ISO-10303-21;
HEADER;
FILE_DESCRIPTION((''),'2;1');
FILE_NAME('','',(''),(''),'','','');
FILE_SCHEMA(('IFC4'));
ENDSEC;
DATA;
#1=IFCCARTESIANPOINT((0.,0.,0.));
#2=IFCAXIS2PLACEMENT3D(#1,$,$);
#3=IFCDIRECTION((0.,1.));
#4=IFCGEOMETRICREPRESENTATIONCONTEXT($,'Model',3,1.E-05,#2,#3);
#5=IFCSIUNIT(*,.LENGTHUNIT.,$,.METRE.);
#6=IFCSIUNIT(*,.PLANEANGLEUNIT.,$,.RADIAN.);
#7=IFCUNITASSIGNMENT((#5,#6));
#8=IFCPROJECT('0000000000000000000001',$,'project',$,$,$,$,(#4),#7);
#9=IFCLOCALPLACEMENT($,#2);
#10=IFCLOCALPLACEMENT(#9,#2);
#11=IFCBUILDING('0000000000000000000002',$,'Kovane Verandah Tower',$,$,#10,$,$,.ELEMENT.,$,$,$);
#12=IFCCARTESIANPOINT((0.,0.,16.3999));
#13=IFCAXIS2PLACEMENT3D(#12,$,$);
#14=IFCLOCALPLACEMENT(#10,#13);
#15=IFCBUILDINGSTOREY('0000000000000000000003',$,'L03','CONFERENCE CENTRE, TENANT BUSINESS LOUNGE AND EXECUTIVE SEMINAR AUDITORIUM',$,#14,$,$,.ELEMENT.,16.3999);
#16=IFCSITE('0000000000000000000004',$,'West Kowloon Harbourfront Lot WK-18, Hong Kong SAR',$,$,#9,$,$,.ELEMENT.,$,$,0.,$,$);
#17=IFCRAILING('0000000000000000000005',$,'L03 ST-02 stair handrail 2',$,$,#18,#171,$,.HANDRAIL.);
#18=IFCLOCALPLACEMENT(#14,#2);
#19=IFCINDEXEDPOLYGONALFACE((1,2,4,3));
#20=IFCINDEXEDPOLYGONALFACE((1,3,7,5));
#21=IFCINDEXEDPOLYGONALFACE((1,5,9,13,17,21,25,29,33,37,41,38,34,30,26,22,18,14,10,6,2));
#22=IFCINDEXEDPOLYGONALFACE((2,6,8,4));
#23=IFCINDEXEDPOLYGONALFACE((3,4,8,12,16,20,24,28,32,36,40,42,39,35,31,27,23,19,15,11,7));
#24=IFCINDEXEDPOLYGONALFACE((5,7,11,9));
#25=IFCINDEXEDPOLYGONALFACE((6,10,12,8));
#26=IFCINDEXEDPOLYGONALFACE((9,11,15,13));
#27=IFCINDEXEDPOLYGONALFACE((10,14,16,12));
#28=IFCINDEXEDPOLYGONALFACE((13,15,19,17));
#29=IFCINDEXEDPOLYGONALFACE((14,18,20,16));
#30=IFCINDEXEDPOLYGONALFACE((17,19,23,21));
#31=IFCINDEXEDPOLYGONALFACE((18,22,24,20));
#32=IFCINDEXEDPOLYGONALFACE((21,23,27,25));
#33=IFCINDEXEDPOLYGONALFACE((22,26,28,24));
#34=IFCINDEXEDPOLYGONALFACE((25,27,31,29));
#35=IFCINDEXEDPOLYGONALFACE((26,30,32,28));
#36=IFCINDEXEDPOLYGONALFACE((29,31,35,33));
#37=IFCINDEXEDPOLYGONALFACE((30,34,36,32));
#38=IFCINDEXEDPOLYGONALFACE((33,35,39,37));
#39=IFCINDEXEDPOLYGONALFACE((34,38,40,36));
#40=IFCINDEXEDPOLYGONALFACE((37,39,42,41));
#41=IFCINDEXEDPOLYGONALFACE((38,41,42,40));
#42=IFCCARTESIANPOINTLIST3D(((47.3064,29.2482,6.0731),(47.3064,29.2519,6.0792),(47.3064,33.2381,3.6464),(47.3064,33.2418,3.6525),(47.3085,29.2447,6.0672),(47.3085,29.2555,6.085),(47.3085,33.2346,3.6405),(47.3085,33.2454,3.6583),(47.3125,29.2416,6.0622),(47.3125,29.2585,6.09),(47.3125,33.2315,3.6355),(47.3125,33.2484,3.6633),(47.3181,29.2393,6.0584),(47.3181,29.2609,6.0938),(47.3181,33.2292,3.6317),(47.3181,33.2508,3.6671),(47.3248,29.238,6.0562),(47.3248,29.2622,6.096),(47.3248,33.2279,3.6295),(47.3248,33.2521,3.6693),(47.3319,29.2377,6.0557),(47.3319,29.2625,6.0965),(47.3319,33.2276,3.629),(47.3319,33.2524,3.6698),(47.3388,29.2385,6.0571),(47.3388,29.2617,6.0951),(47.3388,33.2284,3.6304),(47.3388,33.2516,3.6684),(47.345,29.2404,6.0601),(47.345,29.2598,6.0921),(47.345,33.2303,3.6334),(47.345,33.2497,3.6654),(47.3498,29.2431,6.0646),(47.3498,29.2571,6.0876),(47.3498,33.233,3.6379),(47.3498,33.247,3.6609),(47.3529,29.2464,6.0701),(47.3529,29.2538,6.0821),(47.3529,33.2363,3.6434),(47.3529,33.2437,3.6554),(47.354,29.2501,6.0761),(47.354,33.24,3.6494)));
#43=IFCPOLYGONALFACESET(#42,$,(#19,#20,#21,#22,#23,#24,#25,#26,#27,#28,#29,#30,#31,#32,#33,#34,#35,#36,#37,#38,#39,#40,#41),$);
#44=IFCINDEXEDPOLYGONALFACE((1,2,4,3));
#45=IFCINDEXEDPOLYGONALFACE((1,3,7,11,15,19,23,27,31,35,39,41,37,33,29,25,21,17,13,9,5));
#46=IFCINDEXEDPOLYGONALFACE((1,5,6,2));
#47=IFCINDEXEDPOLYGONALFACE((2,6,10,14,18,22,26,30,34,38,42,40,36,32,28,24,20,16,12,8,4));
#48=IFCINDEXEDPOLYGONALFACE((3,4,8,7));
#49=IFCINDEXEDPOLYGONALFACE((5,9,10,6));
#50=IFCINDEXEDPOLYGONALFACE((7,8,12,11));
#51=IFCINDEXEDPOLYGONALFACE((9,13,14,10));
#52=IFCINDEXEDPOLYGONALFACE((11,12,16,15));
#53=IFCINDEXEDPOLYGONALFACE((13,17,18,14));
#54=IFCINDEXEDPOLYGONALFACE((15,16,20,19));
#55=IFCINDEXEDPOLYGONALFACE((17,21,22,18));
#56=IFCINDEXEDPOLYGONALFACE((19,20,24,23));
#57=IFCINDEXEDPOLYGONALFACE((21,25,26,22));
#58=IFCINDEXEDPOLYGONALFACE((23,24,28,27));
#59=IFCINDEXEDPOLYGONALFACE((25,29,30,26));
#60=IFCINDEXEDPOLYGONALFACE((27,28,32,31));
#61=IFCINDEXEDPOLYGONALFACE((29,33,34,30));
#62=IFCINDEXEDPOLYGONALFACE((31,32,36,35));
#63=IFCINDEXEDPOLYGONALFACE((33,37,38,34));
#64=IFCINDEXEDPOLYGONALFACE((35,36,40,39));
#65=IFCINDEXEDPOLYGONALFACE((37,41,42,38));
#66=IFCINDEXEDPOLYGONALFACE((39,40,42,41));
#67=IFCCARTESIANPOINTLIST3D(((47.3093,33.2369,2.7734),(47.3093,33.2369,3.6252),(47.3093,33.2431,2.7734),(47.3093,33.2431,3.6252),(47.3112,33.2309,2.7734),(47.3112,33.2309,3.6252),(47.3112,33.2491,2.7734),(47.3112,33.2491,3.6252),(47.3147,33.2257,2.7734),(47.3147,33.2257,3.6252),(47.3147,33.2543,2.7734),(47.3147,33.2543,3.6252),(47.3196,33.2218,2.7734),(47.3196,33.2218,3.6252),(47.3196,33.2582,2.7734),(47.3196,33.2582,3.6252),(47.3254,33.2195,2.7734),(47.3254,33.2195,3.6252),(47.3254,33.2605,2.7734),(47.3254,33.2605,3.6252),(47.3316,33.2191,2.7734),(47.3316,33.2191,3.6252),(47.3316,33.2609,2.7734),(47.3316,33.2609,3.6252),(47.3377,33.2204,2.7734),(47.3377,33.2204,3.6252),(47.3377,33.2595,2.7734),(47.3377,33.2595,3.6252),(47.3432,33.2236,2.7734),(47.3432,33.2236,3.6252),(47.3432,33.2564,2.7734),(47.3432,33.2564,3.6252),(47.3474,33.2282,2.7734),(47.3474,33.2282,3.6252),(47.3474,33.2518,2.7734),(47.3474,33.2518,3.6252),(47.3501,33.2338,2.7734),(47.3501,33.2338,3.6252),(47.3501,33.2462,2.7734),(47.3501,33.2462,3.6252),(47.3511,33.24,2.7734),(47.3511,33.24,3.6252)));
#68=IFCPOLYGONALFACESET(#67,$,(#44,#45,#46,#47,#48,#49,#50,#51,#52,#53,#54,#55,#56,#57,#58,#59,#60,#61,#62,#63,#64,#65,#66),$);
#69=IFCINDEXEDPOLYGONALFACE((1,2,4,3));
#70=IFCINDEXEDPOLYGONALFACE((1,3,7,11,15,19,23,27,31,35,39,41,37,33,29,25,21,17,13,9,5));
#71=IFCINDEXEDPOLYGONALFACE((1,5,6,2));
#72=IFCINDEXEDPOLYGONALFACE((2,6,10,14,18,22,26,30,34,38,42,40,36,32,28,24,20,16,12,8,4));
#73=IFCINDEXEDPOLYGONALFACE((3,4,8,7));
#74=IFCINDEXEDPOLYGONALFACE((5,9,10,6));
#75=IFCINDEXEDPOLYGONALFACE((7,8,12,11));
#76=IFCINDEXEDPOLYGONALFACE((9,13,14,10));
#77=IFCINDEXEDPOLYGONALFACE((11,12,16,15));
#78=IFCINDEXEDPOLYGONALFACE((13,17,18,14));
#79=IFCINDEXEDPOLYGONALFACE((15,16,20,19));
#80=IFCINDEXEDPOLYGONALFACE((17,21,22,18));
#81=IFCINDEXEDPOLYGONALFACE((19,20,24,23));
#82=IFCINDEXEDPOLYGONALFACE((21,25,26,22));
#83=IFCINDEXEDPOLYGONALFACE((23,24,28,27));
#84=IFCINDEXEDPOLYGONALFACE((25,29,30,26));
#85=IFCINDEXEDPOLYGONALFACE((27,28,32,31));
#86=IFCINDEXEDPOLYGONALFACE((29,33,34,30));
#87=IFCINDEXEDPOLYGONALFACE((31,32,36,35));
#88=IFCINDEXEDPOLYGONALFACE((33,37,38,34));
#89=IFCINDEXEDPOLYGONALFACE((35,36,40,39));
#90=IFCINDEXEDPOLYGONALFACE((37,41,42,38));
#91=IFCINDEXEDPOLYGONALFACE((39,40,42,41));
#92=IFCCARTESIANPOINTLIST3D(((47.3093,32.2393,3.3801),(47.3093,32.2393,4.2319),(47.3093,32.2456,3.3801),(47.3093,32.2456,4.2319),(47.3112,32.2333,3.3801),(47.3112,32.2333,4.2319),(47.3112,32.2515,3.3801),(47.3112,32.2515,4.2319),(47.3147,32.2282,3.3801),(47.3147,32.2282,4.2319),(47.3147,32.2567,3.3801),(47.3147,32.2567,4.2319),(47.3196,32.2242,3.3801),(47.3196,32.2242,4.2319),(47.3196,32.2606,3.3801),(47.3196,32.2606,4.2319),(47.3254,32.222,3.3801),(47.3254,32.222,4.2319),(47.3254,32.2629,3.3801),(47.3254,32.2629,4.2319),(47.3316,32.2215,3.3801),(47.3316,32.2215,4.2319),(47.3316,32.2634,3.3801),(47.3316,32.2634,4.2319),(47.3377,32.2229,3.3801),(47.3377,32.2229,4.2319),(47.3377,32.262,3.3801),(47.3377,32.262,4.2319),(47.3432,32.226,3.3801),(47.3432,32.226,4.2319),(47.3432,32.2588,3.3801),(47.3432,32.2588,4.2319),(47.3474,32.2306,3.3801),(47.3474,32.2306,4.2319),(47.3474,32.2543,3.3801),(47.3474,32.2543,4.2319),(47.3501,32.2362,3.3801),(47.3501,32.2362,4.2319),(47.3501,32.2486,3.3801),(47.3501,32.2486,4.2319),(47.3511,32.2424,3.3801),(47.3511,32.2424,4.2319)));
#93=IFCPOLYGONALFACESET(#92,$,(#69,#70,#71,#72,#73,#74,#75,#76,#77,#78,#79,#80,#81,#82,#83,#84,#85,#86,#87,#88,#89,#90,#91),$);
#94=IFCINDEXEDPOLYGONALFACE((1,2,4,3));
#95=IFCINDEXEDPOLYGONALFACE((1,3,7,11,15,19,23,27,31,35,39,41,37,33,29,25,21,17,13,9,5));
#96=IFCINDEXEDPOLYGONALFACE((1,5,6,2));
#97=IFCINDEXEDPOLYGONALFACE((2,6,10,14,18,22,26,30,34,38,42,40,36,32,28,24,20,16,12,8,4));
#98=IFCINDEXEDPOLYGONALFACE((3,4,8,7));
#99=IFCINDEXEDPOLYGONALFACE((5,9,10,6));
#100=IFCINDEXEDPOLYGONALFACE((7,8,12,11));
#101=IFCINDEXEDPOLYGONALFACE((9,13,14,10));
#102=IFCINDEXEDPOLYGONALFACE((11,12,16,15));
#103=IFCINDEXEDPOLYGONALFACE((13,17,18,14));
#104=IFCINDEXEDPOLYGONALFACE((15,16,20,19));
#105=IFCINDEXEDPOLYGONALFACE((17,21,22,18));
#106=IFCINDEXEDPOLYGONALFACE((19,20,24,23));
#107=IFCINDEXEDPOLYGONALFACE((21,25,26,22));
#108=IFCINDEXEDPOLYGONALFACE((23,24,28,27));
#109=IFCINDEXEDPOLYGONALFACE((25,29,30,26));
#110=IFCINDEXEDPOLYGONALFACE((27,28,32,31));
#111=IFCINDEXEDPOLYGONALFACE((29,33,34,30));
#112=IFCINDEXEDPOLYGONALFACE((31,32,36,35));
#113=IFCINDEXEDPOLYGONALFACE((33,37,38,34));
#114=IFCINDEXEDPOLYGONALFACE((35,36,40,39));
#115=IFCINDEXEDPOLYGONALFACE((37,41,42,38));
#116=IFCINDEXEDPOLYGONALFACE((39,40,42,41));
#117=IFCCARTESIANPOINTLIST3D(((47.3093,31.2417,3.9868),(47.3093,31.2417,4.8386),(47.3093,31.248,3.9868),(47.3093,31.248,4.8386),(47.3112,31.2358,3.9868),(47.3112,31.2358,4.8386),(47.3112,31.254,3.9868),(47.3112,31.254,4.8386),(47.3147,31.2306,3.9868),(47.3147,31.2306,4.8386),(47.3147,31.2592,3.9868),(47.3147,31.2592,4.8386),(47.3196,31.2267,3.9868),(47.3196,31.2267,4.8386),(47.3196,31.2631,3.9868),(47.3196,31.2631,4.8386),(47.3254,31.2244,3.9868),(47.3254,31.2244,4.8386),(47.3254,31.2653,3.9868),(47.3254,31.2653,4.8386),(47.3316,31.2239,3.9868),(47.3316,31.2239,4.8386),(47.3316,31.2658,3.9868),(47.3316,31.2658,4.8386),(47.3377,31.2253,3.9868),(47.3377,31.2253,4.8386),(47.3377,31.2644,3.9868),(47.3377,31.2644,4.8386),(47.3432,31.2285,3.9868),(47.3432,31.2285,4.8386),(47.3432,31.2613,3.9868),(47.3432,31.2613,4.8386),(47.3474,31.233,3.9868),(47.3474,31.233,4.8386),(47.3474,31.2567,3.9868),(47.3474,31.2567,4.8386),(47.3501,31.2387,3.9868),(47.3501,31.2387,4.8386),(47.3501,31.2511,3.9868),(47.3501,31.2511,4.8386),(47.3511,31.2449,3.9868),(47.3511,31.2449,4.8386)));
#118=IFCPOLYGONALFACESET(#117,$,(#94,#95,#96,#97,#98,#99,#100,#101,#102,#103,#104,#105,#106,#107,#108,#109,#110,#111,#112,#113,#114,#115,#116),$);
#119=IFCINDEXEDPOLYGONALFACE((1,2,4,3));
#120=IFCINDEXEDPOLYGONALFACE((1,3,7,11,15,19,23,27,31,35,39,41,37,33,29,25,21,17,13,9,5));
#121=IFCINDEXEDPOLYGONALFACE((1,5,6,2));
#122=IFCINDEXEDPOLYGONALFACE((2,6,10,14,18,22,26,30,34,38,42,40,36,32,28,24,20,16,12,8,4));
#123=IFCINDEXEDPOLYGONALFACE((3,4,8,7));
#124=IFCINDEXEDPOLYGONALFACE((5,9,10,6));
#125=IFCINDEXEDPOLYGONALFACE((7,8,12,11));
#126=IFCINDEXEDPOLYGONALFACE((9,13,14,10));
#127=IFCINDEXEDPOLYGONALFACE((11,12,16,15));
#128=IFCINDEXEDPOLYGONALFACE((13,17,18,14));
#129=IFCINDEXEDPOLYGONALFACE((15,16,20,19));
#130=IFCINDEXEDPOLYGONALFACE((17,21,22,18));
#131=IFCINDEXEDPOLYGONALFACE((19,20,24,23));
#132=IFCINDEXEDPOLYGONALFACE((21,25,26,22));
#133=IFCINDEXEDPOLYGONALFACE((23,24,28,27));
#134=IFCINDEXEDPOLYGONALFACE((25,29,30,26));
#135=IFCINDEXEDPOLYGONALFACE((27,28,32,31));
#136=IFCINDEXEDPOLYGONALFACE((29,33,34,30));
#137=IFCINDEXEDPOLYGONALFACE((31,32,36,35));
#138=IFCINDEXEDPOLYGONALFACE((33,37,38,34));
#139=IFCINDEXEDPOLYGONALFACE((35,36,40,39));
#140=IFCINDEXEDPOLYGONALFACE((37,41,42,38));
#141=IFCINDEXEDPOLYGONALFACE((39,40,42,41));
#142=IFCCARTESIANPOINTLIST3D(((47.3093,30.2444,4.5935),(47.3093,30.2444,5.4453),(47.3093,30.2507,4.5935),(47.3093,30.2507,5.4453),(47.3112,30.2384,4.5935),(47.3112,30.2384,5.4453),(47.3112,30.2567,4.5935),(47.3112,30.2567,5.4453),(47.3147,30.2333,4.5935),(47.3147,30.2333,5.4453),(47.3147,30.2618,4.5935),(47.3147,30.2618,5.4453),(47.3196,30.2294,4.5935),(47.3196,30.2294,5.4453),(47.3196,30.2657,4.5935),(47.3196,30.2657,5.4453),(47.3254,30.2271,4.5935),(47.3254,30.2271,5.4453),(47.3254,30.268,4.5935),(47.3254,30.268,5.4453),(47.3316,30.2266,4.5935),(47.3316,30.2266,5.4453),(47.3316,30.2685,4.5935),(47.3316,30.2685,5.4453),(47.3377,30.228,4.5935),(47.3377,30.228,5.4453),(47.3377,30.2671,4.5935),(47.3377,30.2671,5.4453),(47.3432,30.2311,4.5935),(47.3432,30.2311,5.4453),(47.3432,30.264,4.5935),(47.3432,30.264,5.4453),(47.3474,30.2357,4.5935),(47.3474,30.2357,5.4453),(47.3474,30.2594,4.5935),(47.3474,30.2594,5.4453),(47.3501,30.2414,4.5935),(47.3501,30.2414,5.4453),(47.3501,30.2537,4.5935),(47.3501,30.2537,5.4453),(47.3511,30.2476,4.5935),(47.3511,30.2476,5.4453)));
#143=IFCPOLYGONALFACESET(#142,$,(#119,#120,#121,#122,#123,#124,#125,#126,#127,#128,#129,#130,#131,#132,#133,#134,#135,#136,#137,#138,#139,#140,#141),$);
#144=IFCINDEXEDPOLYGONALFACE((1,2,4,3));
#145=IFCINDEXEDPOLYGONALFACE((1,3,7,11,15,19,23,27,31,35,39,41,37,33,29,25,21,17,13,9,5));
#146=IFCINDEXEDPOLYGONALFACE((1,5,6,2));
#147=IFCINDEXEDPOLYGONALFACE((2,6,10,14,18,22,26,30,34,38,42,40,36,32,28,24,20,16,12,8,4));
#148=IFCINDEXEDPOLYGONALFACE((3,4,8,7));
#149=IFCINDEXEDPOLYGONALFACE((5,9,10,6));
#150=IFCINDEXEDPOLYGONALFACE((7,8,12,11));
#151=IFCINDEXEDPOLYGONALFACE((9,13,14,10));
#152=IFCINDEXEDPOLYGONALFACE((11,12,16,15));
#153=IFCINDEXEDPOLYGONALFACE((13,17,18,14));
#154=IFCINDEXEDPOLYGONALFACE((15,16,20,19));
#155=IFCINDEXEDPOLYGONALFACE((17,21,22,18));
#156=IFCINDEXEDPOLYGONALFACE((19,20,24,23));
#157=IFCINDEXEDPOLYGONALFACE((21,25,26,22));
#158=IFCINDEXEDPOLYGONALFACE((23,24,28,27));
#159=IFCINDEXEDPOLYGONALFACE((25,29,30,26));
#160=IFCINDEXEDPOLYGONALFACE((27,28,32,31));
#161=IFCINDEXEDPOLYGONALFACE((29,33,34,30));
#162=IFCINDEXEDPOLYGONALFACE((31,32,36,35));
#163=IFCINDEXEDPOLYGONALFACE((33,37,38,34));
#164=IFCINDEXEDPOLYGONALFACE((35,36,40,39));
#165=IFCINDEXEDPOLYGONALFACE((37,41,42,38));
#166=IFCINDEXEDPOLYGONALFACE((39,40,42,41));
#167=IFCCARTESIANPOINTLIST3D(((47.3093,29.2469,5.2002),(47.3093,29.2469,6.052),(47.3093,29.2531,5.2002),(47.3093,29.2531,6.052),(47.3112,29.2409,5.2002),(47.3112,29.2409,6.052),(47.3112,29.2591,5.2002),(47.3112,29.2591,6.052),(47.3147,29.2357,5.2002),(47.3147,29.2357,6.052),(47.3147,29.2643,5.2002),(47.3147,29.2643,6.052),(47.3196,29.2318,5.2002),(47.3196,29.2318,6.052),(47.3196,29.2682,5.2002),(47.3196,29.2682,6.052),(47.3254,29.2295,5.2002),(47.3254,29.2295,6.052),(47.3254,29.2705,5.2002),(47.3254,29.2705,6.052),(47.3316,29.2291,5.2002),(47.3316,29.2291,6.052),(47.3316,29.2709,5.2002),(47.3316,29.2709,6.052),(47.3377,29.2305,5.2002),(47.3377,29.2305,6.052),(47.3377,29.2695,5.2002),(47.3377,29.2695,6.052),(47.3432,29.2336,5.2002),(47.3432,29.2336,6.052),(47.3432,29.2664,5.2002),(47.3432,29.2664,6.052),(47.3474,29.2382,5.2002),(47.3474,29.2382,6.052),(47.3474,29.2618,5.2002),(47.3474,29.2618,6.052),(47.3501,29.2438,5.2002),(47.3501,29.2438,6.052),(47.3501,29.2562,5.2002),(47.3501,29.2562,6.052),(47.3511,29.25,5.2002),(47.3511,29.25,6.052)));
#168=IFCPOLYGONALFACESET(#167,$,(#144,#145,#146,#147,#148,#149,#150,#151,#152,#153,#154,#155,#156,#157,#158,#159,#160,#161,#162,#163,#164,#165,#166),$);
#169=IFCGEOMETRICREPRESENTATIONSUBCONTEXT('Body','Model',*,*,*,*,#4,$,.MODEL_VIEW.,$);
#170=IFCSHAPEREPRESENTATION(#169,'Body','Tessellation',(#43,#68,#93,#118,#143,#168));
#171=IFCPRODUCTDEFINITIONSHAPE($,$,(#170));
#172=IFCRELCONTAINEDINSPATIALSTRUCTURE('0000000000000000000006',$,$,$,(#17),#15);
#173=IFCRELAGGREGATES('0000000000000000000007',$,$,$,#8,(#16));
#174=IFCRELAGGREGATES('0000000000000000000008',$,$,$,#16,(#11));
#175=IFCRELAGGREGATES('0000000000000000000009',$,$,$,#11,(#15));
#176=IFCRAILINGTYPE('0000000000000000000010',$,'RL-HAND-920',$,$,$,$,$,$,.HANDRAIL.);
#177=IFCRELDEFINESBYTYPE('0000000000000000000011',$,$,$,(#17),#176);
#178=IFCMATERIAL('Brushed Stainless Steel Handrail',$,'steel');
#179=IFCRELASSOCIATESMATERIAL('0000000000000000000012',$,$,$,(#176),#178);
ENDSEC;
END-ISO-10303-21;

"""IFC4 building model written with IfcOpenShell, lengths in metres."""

from ifc_helpers import new_model, si_unit, direction, frame, origin, origin_2d, place, context, subcontext, project, spatial, circle, extrude, material, type_object, element, save


model = new_model("IFC4")

# Units and contexts
model_context = context("Model", 3, precision=1e-05, world=origin(), true_north=direction((0.0, 1.0)))
body_context = subcontext(model_context, "Body", "Model", "MODEL_VIEW")
ifc_project = project(units=[si_unit("LENGTHUNIT", "METRE"), si_unit("PLANEANGLEUNIT", "RADIAN")], contexts=[model_context])

# Site, building, storey
site_placement = place(None, origin())
site = spatial("IfcSite", under=ifc_project, at=site_placement, Name="West Kowloon Harbourfront Lot WK-18, Hong Kong SAR", CompositionType="ELEMENT", RefElevation=0.0)
building_placement = place(site_placement, origin())
building = spatial("IfcBuilding", under=site, at=building_placement, Name="Kovane Verandah Tower", CompositionType="ELEMENT")
storey_placement = place(building_placement, frame((0.0, 0.0, 16.3999)))
storey = spatial("IfcBuildingStorey", under=building, at=storey_placement, Name="L03", Description="CONFERENCE CENTRE, TENANT BUSINESS LOUNGE AND EXECUTIVE SEMINAR AUDITORIUM", CompositionType="ELEMENT", Elevation=16.3999)

# Railing
ifc_material_1 = material(Name="Brushed Stainless Steel Handrail", Category="steel")
railing_type_1 = type_object("IfcRailingType", Name="RL-HAND-920", PredefinedType="HANDRAIL", material=ifc_material_1)
for number, where, name in (
    (1, (47.3301, 33.24, 2.7734), "L03 ST-02 stair handrail 2"),
):
    element("IfcRailing", number, at=place(storey_placement, frame(where)), inside=storey, type_object=railing_type_1, Name=name, PredefinedType="HANDRAIL", context=body_context, shape_type="SweptSolid", body=[
        extrude(circle(Radius=0.0239, at=origin_2d()), frame((0.0, 0.0, 0.876), z_axis=(0.0, -0.854382, 0.519645), x_axis=(1.0, 0.0, 0.0)), (0.0, 0.0, 1.0), 4.6699),
        extrude(circle(Radius=0.021, at=origin_2d()), origin(), (0.0, 0.0, 1.0), 0.8518),
        extrude(circle(Radius=0.021, at=origin_2d()), frame((0.0, -0.9976, 0.6067)), (0.0, 0.0, 1.0), 0.8518),
        extrude(circle(Radius=0.021, at=origin_2d()), frame((0.0, -1.9951, 1.2134)), (0.0, 0.0, 1.0), 0.8518),
        extrude(circle(Radius=0.021, at=origin_2d()), frame((0.0, -2.9924, 1.8201)), (0.0, 0.0, 1.0), 0.8518),
        extrude(circle(Radius=0.021, at=origin_2d()), frame((0.0, -3.99, 2.4268)), (0.0, 0.0, 1.0), 0.8518),
    ])

save(model, "model.ifc")
